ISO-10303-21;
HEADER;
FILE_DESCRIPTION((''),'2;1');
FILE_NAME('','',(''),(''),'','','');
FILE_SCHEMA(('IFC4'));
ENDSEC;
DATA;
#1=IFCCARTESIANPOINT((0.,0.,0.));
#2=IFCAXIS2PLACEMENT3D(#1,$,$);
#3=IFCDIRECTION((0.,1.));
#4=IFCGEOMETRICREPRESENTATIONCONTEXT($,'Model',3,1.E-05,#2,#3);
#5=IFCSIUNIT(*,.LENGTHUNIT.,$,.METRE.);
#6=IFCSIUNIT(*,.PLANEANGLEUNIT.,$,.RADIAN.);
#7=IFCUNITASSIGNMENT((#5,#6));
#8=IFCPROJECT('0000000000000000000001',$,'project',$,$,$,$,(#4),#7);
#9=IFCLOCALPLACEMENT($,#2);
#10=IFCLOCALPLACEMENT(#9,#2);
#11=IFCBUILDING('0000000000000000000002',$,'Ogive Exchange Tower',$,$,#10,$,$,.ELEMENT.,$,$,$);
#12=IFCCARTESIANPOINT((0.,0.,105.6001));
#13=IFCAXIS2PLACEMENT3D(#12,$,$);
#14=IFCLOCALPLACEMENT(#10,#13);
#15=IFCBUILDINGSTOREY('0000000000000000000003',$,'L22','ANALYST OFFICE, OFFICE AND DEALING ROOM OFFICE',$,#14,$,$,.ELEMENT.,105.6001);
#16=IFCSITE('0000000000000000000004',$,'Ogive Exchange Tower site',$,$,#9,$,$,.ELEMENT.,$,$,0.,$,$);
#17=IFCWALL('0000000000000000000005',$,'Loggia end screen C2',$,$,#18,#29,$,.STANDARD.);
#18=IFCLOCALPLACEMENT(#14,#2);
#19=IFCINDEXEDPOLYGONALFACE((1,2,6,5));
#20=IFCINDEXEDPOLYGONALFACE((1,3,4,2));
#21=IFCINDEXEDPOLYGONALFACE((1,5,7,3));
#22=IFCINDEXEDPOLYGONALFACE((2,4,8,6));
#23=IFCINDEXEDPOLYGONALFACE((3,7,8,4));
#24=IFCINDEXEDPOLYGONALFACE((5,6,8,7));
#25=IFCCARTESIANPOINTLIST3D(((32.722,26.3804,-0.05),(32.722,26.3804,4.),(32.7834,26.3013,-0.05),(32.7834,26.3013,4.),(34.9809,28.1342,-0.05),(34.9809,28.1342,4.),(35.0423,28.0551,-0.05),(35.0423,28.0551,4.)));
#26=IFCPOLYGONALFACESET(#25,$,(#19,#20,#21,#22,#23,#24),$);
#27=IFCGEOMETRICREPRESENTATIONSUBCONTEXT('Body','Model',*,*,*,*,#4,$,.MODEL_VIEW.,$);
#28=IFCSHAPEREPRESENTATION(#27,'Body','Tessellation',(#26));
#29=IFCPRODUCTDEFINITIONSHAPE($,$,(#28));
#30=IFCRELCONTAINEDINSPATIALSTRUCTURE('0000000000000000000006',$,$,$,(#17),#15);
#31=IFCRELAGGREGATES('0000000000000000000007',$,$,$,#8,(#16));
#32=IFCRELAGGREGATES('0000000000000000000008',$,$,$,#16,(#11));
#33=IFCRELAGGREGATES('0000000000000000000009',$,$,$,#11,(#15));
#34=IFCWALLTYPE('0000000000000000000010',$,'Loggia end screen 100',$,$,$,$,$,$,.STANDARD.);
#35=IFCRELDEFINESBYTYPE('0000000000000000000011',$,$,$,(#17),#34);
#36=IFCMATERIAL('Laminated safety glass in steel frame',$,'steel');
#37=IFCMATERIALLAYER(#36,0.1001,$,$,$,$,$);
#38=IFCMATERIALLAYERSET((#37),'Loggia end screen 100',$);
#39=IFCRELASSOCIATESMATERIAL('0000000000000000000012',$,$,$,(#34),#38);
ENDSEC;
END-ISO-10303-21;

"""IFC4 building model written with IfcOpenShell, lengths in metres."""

from ifc_helpers import new_model, si_unit, direction, frame, frame_2d, origin, place, context, subcontext, project, spatial, rectangle, extrude, material, layer, layer_set, type_object, element, save


model = new_model("IFC4")

# Units and contexts
model_context = context("Model", 3, precision=1e-05, world=origin(), true_north=direction((0.0, 1.0)))
body_context = subcontext(model_context, "Body", "Model", "MODEL_VIEW")
ifc_project = project(units=[si_unit("LENGTHUNIT", "METRE"), si_unit("PLANEANGLEUNIT", "RADIAN")], contexts=[model_context])

# Site, building, storey
site_placement = place(None, origin())
site = spatial("IfcSite", under=ifc_project, at=site_placement, Name="Ogive Exchange Tower site", CompositionType="ELEMENT", RefElevation=0.0)
building_placement = place(site_placement, origin())
building = spatial("IfcBuilding", under=site, at=building_placement, Name="Ogive Exchange Tower", CompositionType="ELEMENT")
storey_placement = place(building_placement, frame((0.0, 0.0, 105.6001)))
storey = spatial("IfcBuildingStorey", under=building, at=storey_placement, Name="L22", Description="ANALYST OFFICE, OFFICE AND DEALING ROOM OFFICE", CompositionType="ELEMENT", Elevation=105.6001)

# Wall
ifc_material_1 = material(Name="Laminated safety glass in steel frame", Category="steel")
ifc_layer_1 = layer(ifc_material_1, 0.1001)
ifc_layer_set_1 = layer_set([ifc_layer_1], Name="Loggia end screen 100")
wall_type_1 = type_object("IfcWallType", Name="Loggia end screen 100", PredefinedType="STANDARD", material=ifc_layer_set_1)
wall_1_placement = place(storey_placement, frame((32.7527, 26.3408, -0.05), z_axis=(0.0, 0.0, 1.0), x_axis=(0.789881, 0.613261, 0.0)))
element("IfcWall", 1, at=wall_1_placement, inside=storey, type_object=wall_type_1, Name="Loggia end screen C2", PredefinedType="STANDARD", context=body_context, shape_type="SweptSolid", body=[
    extrude(rectangle(XDim=2.8599, YDim=0.1001, at=frame_2d((1.4299, 0.0))), origin(), (0.0, 0.0, 1.0), 4.05),
])

save(model, "model.ifc")
